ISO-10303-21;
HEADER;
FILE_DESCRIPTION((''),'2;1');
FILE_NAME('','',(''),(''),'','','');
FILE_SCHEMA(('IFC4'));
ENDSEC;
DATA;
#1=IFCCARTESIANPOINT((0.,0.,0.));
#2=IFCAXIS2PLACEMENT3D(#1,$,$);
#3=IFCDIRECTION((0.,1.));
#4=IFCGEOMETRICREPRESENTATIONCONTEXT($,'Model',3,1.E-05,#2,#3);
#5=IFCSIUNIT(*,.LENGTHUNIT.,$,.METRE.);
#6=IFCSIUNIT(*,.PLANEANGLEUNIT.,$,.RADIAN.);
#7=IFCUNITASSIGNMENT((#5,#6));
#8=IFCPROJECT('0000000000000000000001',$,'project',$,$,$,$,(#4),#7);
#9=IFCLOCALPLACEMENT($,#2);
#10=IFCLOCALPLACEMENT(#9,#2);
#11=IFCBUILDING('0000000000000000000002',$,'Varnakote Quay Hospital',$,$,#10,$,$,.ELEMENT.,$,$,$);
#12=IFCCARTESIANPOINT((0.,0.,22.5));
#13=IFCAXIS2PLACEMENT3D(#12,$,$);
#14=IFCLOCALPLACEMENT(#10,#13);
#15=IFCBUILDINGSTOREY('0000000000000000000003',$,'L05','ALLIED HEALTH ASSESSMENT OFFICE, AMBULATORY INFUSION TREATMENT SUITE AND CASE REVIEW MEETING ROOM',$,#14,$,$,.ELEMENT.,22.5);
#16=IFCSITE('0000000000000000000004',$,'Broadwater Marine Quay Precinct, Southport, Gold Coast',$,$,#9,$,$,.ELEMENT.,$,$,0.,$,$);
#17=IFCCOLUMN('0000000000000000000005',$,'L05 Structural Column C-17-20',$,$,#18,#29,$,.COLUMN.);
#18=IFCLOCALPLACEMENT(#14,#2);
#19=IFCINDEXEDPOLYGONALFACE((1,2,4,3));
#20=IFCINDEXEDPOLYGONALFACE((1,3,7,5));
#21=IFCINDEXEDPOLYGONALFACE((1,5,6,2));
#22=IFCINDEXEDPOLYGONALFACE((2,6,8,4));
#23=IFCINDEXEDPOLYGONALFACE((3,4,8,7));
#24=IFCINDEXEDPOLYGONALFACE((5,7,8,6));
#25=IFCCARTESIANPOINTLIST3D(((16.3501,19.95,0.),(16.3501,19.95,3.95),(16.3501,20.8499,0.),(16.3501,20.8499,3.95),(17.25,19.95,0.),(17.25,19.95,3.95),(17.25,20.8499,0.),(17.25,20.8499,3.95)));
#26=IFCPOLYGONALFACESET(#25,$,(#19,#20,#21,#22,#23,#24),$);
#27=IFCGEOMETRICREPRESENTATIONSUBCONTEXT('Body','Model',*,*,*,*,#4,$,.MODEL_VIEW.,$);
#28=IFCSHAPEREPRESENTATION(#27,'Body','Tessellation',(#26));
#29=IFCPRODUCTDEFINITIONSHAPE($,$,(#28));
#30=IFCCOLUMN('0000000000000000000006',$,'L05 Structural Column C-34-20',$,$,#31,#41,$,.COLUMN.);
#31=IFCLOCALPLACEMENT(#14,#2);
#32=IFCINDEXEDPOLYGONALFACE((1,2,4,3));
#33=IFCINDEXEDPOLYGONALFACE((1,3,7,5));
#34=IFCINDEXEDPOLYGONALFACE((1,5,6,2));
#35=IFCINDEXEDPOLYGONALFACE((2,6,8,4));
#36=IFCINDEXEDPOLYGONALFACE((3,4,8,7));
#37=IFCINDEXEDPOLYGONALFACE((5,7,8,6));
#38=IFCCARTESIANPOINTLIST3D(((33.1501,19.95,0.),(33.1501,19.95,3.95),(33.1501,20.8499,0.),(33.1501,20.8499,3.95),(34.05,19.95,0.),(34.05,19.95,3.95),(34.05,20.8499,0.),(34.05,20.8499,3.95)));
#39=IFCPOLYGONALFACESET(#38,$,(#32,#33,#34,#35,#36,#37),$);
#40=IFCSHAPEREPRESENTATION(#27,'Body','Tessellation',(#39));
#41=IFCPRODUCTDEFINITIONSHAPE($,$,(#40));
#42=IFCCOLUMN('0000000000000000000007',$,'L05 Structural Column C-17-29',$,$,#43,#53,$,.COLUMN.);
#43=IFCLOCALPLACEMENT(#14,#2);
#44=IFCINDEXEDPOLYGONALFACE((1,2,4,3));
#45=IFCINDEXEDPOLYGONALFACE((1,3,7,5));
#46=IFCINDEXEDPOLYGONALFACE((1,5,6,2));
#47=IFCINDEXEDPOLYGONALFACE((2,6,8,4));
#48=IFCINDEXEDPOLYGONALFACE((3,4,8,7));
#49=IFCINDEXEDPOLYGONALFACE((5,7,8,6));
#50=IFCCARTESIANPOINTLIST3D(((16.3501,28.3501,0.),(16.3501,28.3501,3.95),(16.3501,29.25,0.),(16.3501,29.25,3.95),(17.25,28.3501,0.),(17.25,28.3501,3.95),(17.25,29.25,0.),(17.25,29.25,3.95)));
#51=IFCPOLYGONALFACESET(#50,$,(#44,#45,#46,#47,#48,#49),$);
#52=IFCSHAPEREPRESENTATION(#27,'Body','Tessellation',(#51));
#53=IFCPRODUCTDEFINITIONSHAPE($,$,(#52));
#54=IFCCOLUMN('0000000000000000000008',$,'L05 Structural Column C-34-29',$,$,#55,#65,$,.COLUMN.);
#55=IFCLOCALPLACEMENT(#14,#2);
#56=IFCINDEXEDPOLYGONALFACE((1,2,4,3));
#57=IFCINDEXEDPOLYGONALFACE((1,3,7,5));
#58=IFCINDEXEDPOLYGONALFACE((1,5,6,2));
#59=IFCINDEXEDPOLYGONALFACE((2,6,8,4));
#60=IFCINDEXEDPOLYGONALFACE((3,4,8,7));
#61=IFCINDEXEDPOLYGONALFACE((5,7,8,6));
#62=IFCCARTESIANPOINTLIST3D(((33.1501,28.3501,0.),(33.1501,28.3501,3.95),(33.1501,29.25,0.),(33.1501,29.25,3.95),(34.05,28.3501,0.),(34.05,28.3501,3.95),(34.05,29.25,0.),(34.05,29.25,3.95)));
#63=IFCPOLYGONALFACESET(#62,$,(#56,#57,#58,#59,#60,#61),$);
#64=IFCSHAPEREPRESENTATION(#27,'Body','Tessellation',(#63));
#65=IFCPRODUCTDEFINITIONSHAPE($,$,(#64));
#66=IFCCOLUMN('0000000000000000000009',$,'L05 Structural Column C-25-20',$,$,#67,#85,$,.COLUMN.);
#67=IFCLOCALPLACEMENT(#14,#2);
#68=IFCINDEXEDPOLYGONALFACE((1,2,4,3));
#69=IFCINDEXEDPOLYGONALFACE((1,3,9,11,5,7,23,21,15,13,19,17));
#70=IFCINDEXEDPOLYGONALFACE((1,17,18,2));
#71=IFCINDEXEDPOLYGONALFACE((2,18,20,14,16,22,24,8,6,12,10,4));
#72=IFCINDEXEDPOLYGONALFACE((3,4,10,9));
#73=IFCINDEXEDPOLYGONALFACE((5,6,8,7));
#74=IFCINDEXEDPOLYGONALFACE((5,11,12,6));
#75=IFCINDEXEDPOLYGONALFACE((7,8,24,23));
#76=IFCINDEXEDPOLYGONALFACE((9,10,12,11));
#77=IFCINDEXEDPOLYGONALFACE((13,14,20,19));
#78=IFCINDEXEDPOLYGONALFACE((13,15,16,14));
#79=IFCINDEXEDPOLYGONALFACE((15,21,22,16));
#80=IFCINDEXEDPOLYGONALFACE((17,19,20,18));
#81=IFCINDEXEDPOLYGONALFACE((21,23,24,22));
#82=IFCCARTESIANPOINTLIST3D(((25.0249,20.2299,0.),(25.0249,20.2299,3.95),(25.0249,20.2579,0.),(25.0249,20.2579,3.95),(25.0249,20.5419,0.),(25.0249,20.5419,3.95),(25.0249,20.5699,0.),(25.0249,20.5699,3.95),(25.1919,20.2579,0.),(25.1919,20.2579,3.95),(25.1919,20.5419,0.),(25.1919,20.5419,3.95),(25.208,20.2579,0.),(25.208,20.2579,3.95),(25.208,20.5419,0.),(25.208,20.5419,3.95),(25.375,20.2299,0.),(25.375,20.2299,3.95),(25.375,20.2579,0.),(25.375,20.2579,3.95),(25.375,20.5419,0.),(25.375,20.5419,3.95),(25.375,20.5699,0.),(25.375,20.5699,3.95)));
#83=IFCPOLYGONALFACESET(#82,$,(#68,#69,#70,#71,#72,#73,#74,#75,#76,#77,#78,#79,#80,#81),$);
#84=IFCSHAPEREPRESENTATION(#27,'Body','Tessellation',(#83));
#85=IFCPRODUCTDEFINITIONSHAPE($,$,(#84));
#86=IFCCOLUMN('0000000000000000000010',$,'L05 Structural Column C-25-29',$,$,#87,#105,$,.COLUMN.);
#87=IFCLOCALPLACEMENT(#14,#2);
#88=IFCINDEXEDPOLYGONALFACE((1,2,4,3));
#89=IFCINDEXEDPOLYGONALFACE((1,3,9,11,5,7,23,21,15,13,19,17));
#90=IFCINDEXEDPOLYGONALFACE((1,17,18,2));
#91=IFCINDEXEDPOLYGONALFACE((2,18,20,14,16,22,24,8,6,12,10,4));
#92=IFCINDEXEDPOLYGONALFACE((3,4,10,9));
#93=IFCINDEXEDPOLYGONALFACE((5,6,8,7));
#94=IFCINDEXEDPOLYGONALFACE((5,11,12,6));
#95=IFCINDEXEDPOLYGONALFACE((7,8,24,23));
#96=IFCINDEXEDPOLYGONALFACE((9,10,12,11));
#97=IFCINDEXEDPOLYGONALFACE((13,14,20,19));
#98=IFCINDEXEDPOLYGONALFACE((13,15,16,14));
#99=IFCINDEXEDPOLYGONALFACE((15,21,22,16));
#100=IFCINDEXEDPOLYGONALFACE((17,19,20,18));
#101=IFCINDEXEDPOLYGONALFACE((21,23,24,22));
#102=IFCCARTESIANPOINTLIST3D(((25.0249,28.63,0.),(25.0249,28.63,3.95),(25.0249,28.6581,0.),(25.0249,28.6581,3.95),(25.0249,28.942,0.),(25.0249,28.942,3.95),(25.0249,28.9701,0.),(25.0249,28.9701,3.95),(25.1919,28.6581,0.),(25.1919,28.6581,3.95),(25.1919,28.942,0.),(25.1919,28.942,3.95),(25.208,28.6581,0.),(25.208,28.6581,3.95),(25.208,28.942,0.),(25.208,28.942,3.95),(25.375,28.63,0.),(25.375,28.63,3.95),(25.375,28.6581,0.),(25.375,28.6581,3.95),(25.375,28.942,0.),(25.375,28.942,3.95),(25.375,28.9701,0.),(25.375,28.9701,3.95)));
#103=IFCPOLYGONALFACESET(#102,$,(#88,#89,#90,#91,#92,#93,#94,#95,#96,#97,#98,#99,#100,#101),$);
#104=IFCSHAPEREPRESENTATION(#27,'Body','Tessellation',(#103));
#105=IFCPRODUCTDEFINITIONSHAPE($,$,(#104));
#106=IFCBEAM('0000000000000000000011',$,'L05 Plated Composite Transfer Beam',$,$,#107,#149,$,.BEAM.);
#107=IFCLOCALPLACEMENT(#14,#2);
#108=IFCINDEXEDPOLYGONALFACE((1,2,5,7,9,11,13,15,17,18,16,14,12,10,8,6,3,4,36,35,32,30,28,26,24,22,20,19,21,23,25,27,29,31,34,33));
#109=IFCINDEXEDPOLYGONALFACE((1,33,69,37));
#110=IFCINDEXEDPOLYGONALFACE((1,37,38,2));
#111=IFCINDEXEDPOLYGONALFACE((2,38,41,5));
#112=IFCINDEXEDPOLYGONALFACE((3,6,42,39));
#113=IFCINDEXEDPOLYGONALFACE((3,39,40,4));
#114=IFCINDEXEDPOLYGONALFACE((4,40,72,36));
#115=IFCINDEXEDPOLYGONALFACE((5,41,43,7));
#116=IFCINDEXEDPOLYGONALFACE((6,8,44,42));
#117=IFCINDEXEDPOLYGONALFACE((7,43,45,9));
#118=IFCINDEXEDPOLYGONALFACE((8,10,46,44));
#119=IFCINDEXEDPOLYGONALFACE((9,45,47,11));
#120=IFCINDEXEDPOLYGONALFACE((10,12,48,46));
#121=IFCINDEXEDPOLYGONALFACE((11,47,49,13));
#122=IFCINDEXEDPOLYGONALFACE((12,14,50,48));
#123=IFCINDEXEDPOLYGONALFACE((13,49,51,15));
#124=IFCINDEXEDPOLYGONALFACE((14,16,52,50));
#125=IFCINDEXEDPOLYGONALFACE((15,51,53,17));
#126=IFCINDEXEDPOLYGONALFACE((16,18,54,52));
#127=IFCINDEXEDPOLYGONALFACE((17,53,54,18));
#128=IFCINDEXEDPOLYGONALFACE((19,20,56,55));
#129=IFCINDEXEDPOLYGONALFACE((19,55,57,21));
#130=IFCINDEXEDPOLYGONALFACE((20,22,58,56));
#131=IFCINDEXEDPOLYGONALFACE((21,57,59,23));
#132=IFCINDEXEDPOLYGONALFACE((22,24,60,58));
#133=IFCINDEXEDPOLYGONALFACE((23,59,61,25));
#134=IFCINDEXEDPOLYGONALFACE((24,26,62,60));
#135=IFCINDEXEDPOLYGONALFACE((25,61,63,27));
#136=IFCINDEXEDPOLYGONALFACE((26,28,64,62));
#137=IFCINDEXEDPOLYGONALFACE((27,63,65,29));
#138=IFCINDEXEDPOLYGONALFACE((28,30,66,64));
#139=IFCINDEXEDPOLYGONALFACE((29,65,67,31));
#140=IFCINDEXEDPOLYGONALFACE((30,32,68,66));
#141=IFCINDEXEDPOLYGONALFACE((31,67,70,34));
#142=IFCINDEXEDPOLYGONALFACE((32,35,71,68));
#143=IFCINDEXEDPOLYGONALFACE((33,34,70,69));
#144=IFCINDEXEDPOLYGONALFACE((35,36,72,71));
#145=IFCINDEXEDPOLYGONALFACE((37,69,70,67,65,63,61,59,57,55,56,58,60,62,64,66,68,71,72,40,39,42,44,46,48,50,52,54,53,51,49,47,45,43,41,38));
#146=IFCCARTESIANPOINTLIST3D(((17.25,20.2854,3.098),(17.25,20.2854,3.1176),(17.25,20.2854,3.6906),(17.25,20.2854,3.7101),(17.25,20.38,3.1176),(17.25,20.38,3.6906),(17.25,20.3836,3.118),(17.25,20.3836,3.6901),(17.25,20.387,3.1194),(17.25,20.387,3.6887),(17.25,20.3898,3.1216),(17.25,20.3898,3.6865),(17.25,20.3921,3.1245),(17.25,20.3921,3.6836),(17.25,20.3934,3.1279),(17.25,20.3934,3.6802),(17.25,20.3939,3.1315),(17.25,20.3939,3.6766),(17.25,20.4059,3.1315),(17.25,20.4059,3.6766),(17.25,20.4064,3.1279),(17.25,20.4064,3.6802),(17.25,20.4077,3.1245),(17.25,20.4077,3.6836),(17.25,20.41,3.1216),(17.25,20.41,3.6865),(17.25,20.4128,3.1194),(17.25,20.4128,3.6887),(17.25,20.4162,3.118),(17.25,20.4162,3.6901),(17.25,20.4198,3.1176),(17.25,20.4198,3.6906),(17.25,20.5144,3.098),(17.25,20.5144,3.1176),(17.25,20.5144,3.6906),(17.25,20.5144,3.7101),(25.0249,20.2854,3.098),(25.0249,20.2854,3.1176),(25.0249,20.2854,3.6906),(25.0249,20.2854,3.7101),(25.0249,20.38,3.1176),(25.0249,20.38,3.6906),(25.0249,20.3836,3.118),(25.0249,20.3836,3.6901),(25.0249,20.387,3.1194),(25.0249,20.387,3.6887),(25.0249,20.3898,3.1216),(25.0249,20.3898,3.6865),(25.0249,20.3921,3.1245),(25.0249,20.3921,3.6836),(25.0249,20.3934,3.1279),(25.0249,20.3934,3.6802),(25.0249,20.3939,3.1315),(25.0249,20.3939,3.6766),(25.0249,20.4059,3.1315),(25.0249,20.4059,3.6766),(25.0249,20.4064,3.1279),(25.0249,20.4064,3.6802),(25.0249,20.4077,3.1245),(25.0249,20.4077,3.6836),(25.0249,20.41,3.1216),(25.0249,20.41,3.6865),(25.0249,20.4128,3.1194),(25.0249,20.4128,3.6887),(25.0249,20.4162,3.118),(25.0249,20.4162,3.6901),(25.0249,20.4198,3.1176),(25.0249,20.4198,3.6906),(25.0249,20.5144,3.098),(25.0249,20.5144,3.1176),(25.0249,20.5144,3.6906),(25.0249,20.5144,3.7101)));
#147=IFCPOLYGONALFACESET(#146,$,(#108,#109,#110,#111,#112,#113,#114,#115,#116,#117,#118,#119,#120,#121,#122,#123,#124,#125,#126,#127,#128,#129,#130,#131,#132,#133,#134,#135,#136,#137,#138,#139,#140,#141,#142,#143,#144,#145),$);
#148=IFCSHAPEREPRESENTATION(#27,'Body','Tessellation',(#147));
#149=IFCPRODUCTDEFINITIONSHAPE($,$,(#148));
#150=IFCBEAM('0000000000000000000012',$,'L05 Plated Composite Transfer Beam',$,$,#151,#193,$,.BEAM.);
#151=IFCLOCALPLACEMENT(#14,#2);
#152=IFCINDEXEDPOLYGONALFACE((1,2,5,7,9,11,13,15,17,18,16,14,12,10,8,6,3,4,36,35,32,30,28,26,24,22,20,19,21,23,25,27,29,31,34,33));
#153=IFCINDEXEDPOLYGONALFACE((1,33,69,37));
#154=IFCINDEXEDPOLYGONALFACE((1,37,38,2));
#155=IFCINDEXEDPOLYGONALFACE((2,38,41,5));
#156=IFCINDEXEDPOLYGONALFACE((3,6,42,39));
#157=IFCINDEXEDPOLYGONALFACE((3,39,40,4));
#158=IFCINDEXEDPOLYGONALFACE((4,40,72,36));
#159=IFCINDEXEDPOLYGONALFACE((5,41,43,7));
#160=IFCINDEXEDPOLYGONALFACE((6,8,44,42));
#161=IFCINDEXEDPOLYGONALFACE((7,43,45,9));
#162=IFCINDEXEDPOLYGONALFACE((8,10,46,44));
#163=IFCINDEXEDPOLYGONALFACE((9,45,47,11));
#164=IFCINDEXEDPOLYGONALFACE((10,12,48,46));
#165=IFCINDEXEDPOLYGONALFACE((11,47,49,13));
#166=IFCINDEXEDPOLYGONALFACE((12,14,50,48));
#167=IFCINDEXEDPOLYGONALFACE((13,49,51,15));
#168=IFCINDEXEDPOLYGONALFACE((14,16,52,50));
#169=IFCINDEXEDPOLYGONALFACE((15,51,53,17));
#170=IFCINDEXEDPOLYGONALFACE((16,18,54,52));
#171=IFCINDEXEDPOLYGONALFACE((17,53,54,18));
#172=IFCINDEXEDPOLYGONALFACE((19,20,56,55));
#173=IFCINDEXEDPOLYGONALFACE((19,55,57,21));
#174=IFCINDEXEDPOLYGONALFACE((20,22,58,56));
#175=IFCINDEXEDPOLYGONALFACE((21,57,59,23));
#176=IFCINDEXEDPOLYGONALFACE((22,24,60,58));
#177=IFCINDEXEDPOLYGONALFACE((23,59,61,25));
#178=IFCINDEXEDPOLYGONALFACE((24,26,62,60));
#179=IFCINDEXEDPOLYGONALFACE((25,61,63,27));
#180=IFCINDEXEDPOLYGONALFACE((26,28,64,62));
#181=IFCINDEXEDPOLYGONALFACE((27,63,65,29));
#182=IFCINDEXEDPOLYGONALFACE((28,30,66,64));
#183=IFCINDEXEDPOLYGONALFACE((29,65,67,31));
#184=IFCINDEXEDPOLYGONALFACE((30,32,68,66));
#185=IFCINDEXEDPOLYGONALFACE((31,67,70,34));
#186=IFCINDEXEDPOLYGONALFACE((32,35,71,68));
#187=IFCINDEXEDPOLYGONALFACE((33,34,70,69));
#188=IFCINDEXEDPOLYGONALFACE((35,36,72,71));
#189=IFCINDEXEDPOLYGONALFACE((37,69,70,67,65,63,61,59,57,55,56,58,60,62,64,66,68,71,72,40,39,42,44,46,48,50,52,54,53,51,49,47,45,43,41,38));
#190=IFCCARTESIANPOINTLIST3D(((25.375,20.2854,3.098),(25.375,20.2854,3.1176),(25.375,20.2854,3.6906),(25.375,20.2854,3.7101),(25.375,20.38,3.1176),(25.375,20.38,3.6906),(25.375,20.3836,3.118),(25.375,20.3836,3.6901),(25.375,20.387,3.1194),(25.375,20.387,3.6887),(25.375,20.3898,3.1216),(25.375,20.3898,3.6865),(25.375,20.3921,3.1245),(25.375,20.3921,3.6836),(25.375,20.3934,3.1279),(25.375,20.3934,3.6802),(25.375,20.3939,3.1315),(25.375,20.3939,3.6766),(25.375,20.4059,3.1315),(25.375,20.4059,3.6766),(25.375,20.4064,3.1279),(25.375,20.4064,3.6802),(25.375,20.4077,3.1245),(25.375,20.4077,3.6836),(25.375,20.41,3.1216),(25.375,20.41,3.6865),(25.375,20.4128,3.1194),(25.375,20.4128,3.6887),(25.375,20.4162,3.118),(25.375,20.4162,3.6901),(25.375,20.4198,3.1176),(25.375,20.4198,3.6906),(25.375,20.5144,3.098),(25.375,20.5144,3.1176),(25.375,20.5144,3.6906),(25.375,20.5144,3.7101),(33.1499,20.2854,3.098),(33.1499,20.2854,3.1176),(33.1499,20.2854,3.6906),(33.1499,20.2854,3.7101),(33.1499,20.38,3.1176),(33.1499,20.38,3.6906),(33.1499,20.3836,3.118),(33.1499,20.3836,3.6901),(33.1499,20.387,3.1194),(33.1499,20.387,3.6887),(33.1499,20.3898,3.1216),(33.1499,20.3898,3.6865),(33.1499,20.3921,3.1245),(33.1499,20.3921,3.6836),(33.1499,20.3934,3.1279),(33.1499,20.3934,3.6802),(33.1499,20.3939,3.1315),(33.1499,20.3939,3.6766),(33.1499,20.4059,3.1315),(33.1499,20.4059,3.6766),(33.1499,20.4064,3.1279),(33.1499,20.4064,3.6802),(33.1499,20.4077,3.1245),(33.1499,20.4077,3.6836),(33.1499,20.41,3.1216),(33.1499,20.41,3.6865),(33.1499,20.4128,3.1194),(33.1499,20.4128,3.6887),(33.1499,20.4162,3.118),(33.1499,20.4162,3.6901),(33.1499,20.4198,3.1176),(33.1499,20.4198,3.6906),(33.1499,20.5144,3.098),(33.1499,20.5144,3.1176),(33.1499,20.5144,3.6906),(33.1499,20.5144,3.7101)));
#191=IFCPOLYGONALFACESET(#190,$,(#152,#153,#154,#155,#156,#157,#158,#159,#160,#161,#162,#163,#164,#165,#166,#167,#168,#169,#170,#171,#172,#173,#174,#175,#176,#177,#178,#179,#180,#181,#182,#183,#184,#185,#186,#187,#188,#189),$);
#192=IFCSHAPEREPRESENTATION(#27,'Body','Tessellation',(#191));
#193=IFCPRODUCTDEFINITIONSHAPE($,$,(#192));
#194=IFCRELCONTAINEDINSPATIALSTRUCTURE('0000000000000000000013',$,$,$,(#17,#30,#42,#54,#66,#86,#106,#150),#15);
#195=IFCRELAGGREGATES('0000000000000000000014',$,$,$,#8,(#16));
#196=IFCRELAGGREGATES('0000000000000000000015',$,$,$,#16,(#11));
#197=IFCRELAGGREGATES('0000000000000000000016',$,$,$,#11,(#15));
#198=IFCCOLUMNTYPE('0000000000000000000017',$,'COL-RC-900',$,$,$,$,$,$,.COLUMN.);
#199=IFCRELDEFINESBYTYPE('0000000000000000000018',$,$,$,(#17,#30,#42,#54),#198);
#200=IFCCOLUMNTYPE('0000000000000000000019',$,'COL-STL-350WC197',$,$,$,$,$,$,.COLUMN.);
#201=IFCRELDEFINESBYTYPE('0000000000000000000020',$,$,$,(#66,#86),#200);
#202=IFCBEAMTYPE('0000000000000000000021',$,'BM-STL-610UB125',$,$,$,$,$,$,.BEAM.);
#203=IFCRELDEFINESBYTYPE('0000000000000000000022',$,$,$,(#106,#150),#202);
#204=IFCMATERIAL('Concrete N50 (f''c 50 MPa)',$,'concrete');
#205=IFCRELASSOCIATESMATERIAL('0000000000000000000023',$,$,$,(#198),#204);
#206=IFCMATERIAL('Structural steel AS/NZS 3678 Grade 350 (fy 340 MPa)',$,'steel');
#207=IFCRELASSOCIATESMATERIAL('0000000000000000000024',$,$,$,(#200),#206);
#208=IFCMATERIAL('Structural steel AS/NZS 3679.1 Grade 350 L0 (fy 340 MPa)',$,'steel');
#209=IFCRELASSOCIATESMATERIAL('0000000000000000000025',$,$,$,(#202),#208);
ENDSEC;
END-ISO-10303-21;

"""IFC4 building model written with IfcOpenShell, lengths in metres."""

from ifc_helpers import new_model, si_unit, direction, frame, origin, origin_2d, place, context, subcontext, project, spatial, rectangle, i_section, extrude, material, material_profile, profile_set, type_object, element, save


model = new_model("IFC4")

# Units and contexts
model_context = context("Model", 3, precision=1e-05, world=origin(), true_north=direction((0.0, 1.0)))
body_context = subcontext(model_context, "Body", "Model", "MODEL_VIEW")
ifc_project = project(units=[si_unit("LENGTHUNIT", "METRE"), si_unit("PLANEANGLEUNIT", "RADIAN")], contexts=[model_context])

# Site, building, storey
site_placement = place(None, origin())
site = spatial("IfcSite", under=ifc_project, at=site_placement, Name="Broadwater Marine Quay Precinct, Southport, Gold Coast", CompositionType="ELEMENT", RefElevation=0.0)
building_placement = place(site_placement, origin())
building = spatial("IfcBuilding", under=site, at=building_placement, Name="Varnakote Quay Hospital", CompositionType="ELEMENT")
storey_placement = place(building_placement, frame((0.0, 0.0, 22.5)))
storey = spatial("IfcBuildingStorey", under=building, at=storey_placement, Name="L05", Description="ALLIED HEALTH ASSESSMENT OFFICE, AMBULATORY INFUSION TREATMENT SUITE AND CASE REVIEW MEETING ROOM", CompositionType="ELEMENT", Elevation=22.5)

# Columns
ifc_material_1 = material(Name="Concrete N50 (f'c 50 MPa)", Category="concrete")
ifc_material_profile_1 = material_profile(ifc_material_1, rectangle(XDim=0.8999, YDim=0.8999, at=origin_2d()), Name="RC-COL-900x900")
ifc_profile_set_1 = profile_set([ifc_material_profile_1], Name="Concrete N50 (f'c 50 MPa)")
column_type_1 = type_object("IfcColumnType", Name="COL-RC-900", PredefinedType="COLUMN", material=ifc_profile_set_1)
for number, where, z_axis, x_axis, name in (
    (1, (16.8, 20.3999, 0.0), (0.0, 0.0, 1.0), (1.0, 0.0, 0.0), "L05 Structural Column C-17-20"),
    (2, (33.6001, 20.3999, 0.0), (0.0, 0.0, 1.0), (1.0, 0.0, 0.0), "L05 Structural Column C-34-20"),
    (3, (16.8, 28.8, 0.0), (0.0, 0.0, 1.0), (1.0, 0.0, 0.0), "L05 Structural Column C-17-29"),
    (4, (33.6001, 28.8, 0.0), (0.0, 0.0, 1.0), (1.0, 0.0, 0.0), "L05 Structural Column C-34-29"),
):
    element("IfcColumn", number, at=place(storey_placement, frame(where, z_axis=z_axis, x_axis=x_axis)), inside=storey, type_object=column_type_1, Name=name, PredefinedType="COLUMN", context=body_context, shape_type="SweptSolid", body=[
        extrude(rectangle(XDim=0.8999, YDim=0.8999, at=origin_2d()), origin(), (0.0, 0.0, 1.0), 3.95),
    ])
ifc_material_2 = material(Name="Structural steel AS/NZS 3678 Grade 350 (fy 340 MPa)", Category="steel")
ifc_material_profile_2 = material_profile(ifc_material_2, i_section(OverallWidth=0.3501, OverallDepth=0.3401, WebThickness=0.0161, FlangeThickness=0.0281, at=origin_2d()), Name="350WC197")
ifc_profile_set_2 = profile_set([ifc_material_profile_2], Name="Structural steel AS/NZS 3678 Grade 350 (fy 340 MPa)")
column_type_2 = type_object("IfcColumnType", Name="COL-STL-350WC197", PredefinedType="COLUMN", material=ifc_profile_set_2)
for number, where, z_axis, x_axis, name in (
    (5, (25.2, 20.3999, 0.0), (0.0, 0.0, 1.0), (1.0, 0.0, 0.0), "L05 Structural Column C-25-20"),
    (6, (25.2, 28.8, 0.0), (0.0, 0.0, 1.0), (1.0, 0.0, 0.0), "L05 Structural Column C-25-29"),
):
    element("IfcColumn", number, at=place(storey_placement, frame(where, z_axis=z_axis, x_axis=x_axis)), inside=storey, type_object=column_type_2, Name=name, PredefinedType="COLUMN", context=body_context, shape_type="SweptSolid", body=[
        extrude(i_section(OverallWidth=0.3501, OverallDepth=0.3401, WebThickness=0.0161, FlangeThickness=0.0281, at=origin_2d()), origin(), (0.0, 0.0, 1.0), 3.95),
    ])

# Beams
ifc_material_3 = material(Name="Structural steel AS/NZS 3679.1 Grade 350 L0 (fy 340 MPa)", Category="steel")
ifc_material_profile_3 = material_profile(ifc_material_3, i_section(OverallWidth=0.229, OverallDepth=0.6121, WebThickness=0.012, FlangeThickness=0.0195, FilletRadius=0.0139, at=origin_2d()), Name="610UB125")
ifc_profile_set_3 = profile_set([ifc_material_profile_3], Name="Structural steel AS/NZS 3679.1 Grade 350 L0 (fy 340 MPa)")
beam_type_1 = type_object("IfcBeamType", Name="BM-STL-610UB125", PredefinedType="BEAM", material=ifc_profile_set_3)
for number, where, z_axis, x_axis, name in (
    (7, (17.25, 20.3999, 3.4041), (1.0, 0.0, 0.0), (0.0, 1.0, 0.0), "L05 Plated Composite Transfer Beam"),
    (8, (25.375, 20.3999, 3.4041), (1.0, 0.0, 0.0), (0.0, 1.0, 0.0), "L05 Plated Composite Transfer Beam"),
):
    element("IfcBeam", number, at=place(storey_placement, frame(where, z_axis=z_axis, x_axis=x_axis)), inside=storey, type_object=beam_type_1, Name=name, PredefinedType="BEAM", context=body_context, shape_type="SweptSolid", body=[
        extrude(i_section(OverallWidth=0.229, OverallDepth=0.6121, WebThickness=0.012, FlangeThickness=0.0195, FilletRadius=0.0139, at=origin_2d()), origin(), (0.0, 0.0, 1.0), 7.7749),
    ])

save(model, "model.ifc")
